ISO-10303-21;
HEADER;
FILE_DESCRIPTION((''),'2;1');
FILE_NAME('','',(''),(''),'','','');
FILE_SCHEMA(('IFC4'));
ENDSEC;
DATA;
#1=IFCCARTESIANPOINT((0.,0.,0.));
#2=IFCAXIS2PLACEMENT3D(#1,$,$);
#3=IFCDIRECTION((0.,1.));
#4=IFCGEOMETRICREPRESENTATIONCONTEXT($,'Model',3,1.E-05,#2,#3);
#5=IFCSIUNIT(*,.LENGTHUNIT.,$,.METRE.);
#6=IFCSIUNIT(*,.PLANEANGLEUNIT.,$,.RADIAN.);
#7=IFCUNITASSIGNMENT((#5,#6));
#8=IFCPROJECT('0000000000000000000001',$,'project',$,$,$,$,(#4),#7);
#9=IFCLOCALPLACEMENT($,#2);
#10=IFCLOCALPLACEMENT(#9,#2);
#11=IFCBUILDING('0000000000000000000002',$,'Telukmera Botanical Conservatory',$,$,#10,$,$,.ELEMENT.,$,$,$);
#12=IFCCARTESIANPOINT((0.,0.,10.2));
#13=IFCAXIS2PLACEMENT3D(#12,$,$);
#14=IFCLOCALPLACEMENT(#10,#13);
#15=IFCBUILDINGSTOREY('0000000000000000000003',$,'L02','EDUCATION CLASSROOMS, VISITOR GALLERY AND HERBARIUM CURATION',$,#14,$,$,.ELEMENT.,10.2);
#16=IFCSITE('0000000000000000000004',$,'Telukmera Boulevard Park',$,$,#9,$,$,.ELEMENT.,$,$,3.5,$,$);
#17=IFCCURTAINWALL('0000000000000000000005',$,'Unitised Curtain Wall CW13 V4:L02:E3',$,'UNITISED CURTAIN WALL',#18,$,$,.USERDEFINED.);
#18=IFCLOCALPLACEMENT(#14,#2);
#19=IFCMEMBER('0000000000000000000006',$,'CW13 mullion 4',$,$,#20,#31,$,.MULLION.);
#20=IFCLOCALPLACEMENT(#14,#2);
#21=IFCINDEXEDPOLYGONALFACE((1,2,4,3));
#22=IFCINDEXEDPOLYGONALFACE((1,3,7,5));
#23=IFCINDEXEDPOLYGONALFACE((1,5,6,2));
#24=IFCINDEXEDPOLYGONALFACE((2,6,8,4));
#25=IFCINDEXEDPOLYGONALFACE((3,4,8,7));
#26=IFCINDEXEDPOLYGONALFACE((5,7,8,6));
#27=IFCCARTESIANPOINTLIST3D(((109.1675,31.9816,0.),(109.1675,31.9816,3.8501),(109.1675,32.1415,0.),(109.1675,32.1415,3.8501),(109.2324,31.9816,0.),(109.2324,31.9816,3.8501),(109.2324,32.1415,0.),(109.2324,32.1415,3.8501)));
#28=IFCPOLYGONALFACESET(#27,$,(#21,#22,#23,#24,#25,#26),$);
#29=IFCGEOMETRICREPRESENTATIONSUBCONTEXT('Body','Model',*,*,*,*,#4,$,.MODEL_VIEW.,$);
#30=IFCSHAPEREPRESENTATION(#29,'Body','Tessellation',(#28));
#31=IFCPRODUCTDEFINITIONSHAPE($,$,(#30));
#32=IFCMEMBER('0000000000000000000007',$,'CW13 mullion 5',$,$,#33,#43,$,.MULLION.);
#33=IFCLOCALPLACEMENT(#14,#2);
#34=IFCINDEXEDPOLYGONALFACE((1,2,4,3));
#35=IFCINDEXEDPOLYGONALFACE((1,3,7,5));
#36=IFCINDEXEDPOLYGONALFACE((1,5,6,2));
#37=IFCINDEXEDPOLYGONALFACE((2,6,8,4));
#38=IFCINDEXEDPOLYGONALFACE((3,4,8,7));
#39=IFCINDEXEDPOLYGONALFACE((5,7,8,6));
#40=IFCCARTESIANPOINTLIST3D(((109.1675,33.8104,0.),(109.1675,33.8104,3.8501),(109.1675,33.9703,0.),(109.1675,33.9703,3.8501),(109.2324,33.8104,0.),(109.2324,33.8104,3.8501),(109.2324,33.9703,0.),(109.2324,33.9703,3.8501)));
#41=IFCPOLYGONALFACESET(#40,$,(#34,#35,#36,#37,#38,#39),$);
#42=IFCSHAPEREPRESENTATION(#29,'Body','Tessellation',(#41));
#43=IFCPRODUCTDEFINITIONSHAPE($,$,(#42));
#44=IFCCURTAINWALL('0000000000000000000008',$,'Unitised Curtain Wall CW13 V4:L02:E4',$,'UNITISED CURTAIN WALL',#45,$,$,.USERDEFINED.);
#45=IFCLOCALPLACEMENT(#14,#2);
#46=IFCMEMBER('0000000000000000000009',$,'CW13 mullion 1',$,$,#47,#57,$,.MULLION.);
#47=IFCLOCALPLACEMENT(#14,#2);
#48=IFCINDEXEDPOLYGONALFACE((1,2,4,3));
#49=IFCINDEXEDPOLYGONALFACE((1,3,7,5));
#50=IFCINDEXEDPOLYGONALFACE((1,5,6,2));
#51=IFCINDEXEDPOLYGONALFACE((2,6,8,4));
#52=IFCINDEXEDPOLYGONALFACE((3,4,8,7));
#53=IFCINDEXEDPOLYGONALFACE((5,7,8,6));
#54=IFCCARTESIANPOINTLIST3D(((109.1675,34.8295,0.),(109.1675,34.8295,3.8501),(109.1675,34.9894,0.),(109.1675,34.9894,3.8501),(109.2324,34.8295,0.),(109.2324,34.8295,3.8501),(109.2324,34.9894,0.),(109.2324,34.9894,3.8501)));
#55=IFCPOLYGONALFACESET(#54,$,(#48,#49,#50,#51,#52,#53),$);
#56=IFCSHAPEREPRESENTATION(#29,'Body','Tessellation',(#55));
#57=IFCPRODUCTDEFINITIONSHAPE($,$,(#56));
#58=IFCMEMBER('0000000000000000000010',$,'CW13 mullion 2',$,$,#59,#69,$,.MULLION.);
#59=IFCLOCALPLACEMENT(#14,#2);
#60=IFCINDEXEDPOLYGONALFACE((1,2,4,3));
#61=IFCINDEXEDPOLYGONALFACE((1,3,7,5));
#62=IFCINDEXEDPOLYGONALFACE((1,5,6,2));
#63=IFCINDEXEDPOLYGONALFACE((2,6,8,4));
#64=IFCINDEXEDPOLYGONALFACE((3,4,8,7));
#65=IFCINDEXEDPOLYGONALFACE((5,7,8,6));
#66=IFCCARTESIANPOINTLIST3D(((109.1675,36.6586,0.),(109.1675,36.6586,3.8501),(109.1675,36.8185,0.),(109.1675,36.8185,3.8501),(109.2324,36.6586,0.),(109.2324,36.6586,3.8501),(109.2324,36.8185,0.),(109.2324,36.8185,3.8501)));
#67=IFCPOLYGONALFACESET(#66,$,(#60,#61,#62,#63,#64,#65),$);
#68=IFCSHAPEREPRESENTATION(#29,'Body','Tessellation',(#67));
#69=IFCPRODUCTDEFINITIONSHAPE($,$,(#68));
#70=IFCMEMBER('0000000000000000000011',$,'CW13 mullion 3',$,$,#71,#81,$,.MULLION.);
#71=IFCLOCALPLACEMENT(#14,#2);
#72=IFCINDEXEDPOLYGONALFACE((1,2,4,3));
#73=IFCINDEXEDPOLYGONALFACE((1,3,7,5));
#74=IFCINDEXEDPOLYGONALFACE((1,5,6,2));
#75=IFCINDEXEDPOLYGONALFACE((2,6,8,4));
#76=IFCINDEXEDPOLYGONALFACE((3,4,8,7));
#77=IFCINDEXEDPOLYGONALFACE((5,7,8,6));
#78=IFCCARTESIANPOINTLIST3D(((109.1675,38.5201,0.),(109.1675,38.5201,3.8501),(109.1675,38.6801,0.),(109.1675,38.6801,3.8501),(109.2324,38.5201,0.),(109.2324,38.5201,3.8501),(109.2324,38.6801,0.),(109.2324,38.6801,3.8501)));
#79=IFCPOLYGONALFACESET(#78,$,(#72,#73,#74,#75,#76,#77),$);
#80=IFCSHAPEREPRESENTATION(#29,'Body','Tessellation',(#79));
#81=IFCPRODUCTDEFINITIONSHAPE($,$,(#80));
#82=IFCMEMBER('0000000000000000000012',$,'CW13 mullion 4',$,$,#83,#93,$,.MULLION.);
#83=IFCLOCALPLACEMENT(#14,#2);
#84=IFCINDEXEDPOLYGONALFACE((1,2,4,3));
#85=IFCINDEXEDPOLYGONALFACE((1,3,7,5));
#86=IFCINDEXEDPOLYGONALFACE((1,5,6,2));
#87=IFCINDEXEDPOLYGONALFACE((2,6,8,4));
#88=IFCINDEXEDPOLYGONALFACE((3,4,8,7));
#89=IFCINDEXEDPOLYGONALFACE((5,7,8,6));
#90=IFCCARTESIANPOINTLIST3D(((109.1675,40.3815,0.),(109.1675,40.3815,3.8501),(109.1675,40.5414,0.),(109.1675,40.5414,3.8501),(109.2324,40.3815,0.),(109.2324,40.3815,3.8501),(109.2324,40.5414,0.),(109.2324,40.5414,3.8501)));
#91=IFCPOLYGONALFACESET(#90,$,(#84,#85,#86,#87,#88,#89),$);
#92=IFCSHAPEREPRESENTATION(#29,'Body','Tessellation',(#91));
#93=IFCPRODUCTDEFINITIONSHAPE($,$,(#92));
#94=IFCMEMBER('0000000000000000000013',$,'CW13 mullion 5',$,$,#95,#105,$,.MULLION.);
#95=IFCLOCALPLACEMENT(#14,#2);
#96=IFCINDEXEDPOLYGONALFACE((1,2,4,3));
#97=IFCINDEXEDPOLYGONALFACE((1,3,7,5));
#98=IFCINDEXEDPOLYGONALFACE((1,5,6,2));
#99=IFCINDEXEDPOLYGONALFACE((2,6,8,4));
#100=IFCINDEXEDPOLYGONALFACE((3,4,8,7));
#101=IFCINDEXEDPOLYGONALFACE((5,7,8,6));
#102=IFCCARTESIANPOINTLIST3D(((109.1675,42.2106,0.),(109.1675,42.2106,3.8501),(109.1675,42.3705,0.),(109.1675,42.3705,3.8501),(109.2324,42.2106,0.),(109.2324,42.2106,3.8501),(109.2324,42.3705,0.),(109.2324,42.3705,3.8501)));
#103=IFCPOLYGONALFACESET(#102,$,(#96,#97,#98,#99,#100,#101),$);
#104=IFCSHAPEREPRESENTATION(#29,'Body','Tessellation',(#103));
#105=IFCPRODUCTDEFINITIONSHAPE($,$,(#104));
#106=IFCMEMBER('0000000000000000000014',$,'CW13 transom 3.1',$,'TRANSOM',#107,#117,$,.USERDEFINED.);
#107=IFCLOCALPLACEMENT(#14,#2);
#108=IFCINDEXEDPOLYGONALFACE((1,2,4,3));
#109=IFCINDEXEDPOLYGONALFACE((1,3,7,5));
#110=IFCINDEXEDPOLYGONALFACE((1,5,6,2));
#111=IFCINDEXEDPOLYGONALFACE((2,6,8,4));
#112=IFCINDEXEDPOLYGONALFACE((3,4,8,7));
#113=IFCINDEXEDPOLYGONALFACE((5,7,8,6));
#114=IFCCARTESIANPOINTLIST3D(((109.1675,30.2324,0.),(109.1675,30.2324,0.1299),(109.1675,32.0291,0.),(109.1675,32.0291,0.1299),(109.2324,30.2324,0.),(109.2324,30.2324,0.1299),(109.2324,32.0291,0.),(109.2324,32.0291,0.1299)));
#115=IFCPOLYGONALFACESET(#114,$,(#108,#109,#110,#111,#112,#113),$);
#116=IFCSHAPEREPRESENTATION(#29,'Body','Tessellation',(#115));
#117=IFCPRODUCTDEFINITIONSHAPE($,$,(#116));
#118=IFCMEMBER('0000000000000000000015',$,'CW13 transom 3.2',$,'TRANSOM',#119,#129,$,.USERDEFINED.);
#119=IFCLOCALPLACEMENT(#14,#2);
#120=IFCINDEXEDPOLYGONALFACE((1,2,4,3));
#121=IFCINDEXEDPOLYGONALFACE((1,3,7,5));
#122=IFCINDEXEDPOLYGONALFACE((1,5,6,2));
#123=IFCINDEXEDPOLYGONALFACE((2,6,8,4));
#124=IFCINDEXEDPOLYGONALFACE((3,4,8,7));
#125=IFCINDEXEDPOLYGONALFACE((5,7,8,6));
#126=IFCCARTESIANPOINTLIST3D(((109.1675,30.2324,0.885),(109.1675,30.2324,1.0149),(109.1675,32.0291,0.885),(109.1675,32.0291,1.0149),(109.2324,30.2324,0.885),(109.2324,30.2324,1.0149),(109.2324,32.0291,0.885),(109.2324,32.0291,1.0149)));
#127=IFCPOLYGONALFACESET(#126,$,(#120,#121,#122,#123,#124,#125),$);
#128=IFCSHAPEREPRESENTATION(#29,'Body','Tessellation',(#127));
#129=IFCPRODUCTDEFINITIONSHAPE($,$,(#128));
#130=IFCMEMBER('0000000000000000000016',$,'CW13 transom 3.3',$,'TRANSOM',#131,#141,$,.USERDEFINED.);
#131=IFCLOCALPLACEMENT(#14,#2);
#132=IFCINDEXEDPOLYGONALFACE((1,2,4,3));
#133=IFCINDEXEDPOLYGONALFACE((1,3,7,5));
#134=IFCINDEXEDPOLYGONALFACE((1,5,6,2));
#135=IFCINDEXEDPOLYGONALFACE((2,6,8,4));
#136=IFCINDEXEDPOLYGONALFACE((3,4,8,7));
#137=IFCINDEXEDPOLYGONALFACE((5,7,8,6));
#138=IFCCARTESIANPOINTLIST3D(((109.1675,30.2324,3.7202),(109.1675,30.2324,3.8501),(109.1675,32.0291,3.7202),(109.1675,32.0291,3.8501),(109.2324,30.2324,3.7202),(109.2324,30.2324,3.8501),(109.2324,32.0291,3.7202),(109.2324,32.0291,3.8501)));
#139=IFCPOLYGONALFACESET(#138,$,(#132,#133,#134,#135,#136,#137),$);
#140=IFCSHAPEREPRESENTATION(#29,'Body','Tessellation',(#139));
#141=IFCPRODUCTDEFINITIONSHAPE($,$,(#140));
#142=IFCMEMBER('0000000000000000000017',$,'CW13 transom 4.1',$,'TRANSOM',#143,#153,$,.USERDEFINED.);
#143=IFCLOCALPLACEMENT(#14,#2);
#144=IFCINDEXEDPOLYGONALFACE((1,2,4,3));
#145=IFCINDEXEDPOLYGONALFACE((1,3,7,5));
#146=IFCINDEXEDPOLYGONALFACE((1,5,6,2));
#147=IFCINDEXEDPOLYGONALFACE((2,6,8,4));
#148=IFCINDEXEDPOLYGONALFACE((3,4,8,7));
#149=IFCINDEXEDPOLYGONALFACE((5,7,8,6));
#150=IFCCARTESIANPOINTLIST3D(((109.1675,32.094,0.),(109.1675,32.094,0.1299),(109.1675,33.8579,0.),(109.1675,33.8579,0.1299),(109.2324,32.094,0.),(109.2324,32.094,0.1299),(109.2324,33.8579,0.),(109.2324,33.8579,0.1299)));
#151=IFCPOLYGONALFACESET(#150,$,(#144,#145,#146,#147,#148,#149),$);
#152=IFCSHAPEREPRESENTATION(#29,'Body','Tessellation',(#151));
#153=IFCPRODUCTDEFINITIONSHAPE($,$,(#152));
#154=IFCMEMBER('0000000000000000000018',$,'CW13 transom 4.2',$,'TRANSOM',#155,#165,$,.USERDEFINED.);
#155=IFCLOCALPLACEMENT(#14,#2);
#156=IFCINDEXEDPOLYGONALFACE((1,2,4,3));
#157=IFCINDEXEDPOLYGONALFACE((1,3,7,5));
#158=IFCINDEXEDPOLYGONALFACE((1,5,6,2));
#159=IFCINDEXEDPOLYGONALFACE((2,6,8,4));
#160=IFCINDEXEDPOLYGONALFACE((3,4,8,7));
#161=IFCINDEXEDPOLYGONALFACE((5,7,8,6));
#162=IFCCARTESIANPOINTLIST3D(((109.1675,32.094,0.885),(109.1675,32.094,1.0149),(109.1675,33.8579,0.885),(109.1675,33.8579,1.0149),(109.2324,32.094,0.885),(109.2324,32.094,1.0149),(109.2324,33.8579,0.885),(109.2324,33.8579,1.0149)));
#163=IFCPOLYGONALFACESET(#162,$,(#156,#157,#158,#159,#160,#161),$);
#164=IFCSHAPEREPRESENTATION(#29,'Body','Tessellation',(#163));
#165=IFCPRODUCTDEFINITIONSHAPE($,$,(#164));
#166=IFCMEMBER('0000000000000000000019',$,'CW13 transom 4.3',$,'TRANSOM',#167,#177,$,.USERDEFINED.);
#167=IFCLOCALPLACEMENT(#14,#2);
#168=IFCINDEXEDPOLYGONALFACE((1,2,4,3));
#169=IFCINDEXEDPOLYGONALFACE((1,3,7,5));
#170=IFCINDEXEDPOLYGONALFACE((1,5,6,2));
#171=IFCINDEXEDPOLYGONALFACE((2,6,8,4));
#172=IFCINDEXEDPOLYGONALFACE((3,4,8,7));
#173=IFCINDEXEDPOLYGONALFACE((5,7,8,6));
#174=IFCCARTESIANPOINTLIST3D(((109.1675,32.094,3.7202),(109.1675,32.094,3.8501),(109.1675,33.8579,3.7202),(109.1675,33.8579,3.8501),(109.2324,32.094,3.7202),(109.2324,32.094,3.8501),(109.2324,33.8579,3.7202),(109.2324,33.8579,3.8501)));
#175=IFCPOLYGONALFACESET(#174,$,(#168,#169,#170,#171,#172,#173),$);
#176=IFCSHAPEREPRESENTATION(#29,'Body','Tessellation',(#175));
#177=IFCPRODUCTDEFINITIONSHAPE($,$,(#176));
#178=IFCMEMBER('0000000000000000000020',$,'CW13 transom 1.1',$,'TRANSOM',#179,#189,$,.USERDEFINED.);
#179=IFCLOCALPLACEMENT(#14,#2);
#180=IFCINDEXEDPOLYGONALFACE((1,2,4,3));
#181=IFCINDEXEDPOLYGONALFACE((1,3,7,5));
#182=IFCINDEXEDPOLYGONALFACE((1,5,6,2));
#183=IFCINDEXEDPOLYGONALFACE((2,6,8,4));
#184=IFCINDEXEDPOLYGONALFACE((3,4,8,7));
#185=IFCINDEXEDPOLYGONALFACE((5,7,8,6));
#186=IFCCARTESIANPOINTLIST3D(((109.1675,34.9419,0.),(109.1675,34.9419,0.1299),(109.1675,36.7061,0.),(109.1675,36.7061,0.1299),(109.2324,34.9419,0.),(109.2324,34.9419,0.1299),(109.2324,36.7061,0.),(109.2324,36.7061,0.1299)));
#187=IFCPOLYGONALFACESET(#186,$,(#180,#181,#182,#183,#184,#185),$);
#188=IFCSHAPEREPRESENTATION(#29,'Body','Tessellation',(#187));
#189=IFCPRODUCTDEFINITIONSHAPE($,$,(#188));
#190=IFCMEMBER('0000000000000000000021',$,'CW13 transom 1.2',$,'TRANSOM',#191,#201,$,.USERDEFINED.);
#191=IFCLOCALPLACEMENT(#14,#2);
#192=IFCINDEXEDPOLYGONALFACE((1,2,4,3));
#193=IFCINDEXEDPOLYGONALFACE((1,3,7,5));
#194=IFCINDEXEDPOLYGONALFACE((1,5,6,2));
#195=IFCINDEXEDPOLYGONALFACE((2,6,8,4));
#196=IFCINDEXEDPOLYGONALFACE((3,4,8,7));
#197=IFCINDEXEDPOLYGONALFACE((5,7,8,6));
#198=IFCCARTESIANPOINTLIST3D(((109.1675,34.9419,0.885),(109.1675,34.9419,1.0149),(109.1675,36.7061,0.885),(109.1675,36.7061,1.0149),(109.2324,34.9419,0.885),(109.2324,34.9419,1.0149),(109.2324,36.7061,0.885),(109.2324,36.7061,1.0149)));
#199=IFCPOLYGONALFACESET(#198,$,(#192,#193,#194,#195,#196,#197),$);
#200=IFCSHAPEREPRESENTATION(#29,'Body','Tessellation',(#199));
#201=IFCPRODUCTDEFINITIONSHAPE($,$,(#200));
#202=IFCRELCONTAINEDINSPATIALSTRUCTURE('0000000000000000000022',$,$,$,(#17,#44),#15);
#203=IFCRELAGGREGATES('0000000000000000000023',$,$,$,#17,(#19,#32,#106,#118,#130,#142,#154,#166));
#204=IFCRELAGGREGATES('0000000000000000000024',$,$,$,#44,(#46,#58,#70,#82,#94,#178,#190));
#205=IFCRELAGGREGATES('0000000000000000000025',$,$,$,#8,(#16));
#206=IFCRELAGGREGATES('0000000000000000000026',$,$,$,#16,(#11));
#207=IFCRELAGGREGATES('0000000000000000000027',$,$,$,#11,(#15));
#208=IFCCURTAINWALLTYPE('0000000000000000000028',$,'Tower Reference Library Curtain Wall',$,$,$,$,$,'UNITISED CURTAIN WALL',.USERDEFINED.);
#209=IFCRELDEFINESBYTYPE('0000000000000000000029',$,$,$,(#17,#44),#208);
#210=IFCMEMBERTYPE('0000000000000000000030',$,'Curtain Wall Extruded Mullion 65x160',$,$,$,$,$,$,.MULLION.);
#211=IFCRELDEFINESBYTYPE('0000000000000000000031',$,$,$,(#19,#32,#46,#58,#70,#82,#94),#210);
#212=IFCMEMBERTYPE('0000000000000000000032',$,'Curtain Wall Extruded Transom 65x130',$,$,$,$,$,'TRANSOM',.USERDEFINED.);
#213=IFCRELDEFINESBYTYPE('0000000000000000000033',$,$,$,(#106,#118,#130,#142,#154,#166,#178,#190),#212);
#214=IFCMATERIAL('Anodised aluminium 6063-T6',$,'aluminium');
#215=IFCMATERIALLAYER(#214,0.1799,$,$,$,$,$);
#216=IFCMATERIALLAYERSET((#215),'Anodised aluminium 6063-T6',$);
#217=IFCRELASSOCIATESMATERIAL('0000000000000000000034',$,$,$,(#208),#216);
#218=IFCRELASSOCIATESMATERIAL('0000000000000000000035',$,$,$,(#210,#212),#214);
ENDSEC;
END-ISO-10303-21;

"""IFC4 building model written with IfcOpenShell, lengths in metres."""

from ifc_helpers import new_model, si_unit, direction, frame, origin, origin_2d, place, context, subcontext, project, spatial, rectangle, extrude, material, layer, layer_set, material_profile, profile_set, type_object, element, aggregate, save


model = new_model("IFC4")

# Units and contexts
model_context = context("Model", 3, precision=1e-05, world=origin(), true_north=direction((0.0, 1.0)))
body_context = subcontext(model_context, "Body", "Model", "MODEL_VIEW")
ifc_project = project(units=[si_unit("LENGTHUNIT", "METRE"), si_unit("PLANEANGLEUNIT", "RADIAN")], contexts=[model_context])

# Site, building, storey
site_placement = place(None, origin())
site = spatial("IfcSite", under=ifc_project, at=site_placement, Name="Telukmera Boulevard Park", CompositionType="ELEMENT", RefElevation=3.5)
building_placement = place(site_placement, origin())
building = spatial("IfcBuilding", under=site, at=building_placement, Name="Telukmera Botanical Conservatory", CompositionType="ELEMENT")
storey_placement = place(building_placement, frame((0.0, 0.0, 10.2)))
storey = spatial("IfcBuildingStorey", under=building, at=storey_placement, Name="L02", Description="EDUCATION CLASSROOMS, VISITOR GALLERY AND HERBARIUM CURATION", CompositionType="ELEMENT", Elevation=10.2)

# Curtain walls, members
ifc_material_1 = material(Name="Anodised aluminium 6063-T6", Category="aluminium")
ifc_layer_1 = layer(ifc_material_1, 0.1799)
ifc_layer_set_1 = layer_set([ifc_layer_1], Name="Anodised aluminium 6063-T6")
curtain_wall_type = type_object("IfcCurtainWallType", Name="Tower Reference Library Curtain Wall", ElementType="UNITISED CURTAIN WALL", PredefinedType="USERDEFINED", material=ifc_layer_set_1)
curtain_wall_1_placement = place(storey_placement, origin())
curtain_wall_1 = element("IfcCurtainWall", 1, at=curtain_wall_1_placement, inside=storey, type_object=curtain_wall_type, Name="Unitised Curtain Wall CW13 V4:L02:E3", ObjectType="UNITISED CURTAIN WALL", PredefinedType="USERDEFINED")
ifc_material_profile_1 = material_profile(ifc_material_1, rectangle(XDim=0.0649, YDim=0.1599, at=origin_2d()), Name="ALU MULL 65x160")
ifc_profile_set_1 = profile_set([ifc_material_profile_1], Name="Anodised aluminium 6063-T6")
member_type_1 = type_object("IfcMemberType", Name="Curtain Wall Extruded Mullion 65x160", PredefinedType="MULLION", material=ifc_profile_set_1)
member_1_placement = place(storey_placement, frame((109.2, 32.0615, 0.0), z_axis=(0.0, 0.0, 1.0), x_axis=(-1.0, 0.0, 0.0)))
member_1 = element("IfcMember", 2, at=member_1_placement, type_object=member_type_1, Name="CW13 mullion 4", PredefinedType="MULLION", context=body_context, shape_type="SweptSolid", body=[
    extrude(rectangle(XDim=0.0649, YDim=0.1599, at=origin_2d()), origin(), (0.0, 0.0, 1.0), 3.8501),
])
member_2_placement = place(storey_placement, frame((109.2, 33.8904, 0.0), z_axis=(0.0, 0.0, 1.0), x_axis=(-1.0, 0.0, 0.0)))
member_2 = element("IfcMember", 3, at=member_2_placement, type_object=member_type_1, Name="CW13 mullion 5", PredefinedType="MULLION", context=body_context, shape_type="SweptSolid", body=[
    extrude(rectangle(XDim=0.0649, YDim=0.1599, at=origin_2d()), origin(), (0.0, 0.0, 1.0), 3.8501),
])
curtain_wall_2_placement = place(storey_placement, origin())
curtain_wall_2 = element("IfcCurtainWall", 4, at=curtain_wall_2_placement, inside=storey, type_object=curtain_wall_type, Name="Unitised Curtain Wall CW13 V4:L02:E4", ObjectType="UNITISED CURTAIN WALL", PredefinedType="USERDEFINED")
member_3_placement = place(storey_placement, frame((109.2, 34.9094, 0.0), z_axis=(0.0, 0.0, 1.0), x_axis=(-1.0, 0.0, 0.0)))
member_3 = element("IfcMember", 5, at=member_3_placement, type_object=member_type_1, Name="CW13 mullion 1", PredefinedType="MULLION", context=body_context, shape_type="SweptSolid", body=[
    extrude(rectangle(XDim=0.0649, YDim=0.1599, at=origin_2d()), origin(), (0.0, 0.0, 1.0), 3.8501),
])
member_4_placement = place(storey_placement, frame((109.2, 36.7385, 0.0), z_axis=(0.0, 0.0, 1.0), x_axis=(-1.0, 0.0, 0.0)))
member_4 = element("IfcMember", 6, at=member_4_placement, type_object=member_type_1, Name="CW13 mullion 2", PredefinedType="MULLION", context=body_context, shape_type="SweptSolid", body=[
    extrude(rectangle(XDim=0.0649, YDim=0.1599, at=origin_2d()), origin(), (0.0, 0.0, 1.0), 3.8501),
])
member_5_placement = place(storey_placement, frame((109.2, 38.6001, 0.0), z_axis=(0.0, 0.0, 1.0), x_axis=(-1.0, 0.0, 0.0)))
member_5 = element("IfcMember", 7, at=member_5_placement, type_object=member_type_1, Name="CW13 mullion 3", PredefinedType="MULLION", context=body_context, shape_type="SweptSolid", body=[
    extrude(rectangle(XDim=0.0649, YDim=0.1599, at=origin_2d()), origin(), (0.0, 0.0, 1.0), 3.8501),
])
member_6_placement = place(storey_placement, frame((109.2, 40.4614, 0.0), z_axis=(0.0, 0.0, 1.0), x_axis=(-1.0, 0.0, 0.0)))
member_6 = element("IfcMember", 8, at=member_6_placement, type_object=member_type_1, Name="CW13 mullion 4", PredefinedType="MULLION", context=body_context, shape_type="SweptSolid", body=[
    extrude(rectangle(XDim=0.0649, YDim=0.1599, at=origin_2d()), origin(), (0.0, 0.0, 1.0), 3.8501),
])
member_7_placement = place(storey_placement, frame((109.2, 42.2905, 0.0), z_axis=(0.0, 0.0, 1.0), x_axis=(-1.0, 0.0, 0.0)))
member_7 = element("IfcMember", 9, at=member_7_placement, type_object=member_type_1, Name="CW13 mullion 5", PredefinedType="MULLION", context=body_context, shape_type="SweptSolid", body=[
    extrude(rectangle(XDim=0.0649, YDim=0.1599, at=origin_2d()), origin(), (0.0, 0.0, 1.0), 3.8501),
])

# Members
ifc_material_profile_2 = material_profile(ifc_material_1, rectangle(XDim=0.0649, YDim=0.1299, at=origin_2d()), Name="ALU TRAN 65x130")
ifc_profile_set_2 = profile_set([ifc_material_profile_2], Name="Anodised aluminium 6063-T6")
member_type_2 = type_object("IfcMemberType", Name="Curtain Wall Extruded Transom 65x130", ElementType="TRANSOM", PredefinedType="USERDEFINED", material=ifc_profile_set_2)
member_8_placement = place(storey_placement, frame((109.2, 30.2324, 0.0649), z_axis=(0.0, 1.0, 0.0), x_axis=(-1.0, 0.0, 0.0)))
member_8 = element("IfcMember", 10, at=member_8_placement, type_object=member_type_2, Name="CW13 transom 3.1", ObjectType="TRANSOM", PredefinedType="USERDEFINED", context=body_context, shape_type="SweptSolid", body=[
    extrude(rectangle(XDim=0.0649, YDim=0.1299, at=origin_2d()), origin(), (0.0, 0.0, 1.0), 1.7966),
])
member_9_placement = place(storey_placement, frame((109.2, 30.2324, 0.95), z_axis=(0.0, 1.0, 0.0), x_axis=(-1.0, 0.0, 0.0)))
member_9 = element("IfcMember", 11, at=member_9_placement, type_object=member_type_2, Name="CW13 transom 3.2", ObjectType="TRANSOM", PredefinedType="USERDEFINED", context=body_context, shape_type="SweptSolid", body=[
    extrude(rectangle(XDim=0.0649, YDim=0.1299, at=origin_2d()), origin(), (0.0, 0.0, 1.0), 1.7966),
])
member_10_placement = place(storey_placement, frame((109.2, 30.2324, 3.7852), z_axis=(0.0, 1.0, 0.0), x_axis=(-1.0, 0.0, 0.0)))
member_10 = element("IfcMember", 12, at=member_10_placement, type_object=member_type_2, Name="CW13 transom 3.3", ObjectType="TRANSOM", PredefinedType="USERDEFINED", context=body_context, shape_type="SweptSolid", body=[
    extrude(rectangle(XDim=0.0649, YDim=0.1299, at=origin_2d()), origin(), (0.0, 0.0, 1.0), 1.7966),
])
member_11_placement = place(storey_placement, frame((109.2, 32.094, 0.0649), z_axis=(0.0, 1.0, 0.0), x_axis=(-1.0, 0.0, 0.0)))
member_11 = element("IfcMember", 13, at=member_11_placement, type_object=member_type_2, Name="CW13 transom 4.1", ObjectType="TRANSOM", PredefinedType="USERDEFINED", context=body_context, shape_type="SweptSolid", body=[
    extrude(rectangle(XDim=0.0649, YDim=0.1299, at=origin_2d()), origin(), (0.0, 0.0, 1.0), 1.7639),
])
member_12_placement = place(storey_placement, frame((109.2, 32.094, 0.95), z_axis=(0.0, 1.0, 0.0), x_axis=(-1.0, 0.0, 0.0)))
member_12 = element("IfcMember", 14, at=member_12_placement, type_object=member_type_2, Name="CW13 transom 4.2", ObjectType="TRANSOM", PredefinedType="USERDEFINED", context=body_context, shape_type="SweptSolid", body=[
    extrude(rectangle(XDim=0.0649, YDim=0.1299, at=origin_2d()), origin(), (0.0, 0.0, 1.0), 1.7639),
])
member_13_placement = place(storey_placement, frame((109.2, 32.094, 3.7852), z_axis=(0.0, 1.0, 0.0), x_axis=(-1.0, 0.0, 0.0)))
member_13 = element("IfcMember", 15, at=member_13_placement, type_object=member_type_2, Name="CW13 transom 4.3", ObjectType="TRANSOM", PredefinedType="USERDEFINED", context=body_context, shape_type="SweptSolid", body=[
    extrude(rectangle(XDim=0.0649, YDim=0.1299, at=origin_2d()), origin(), (0.0, 0.0, 1.0), 1.7639),
])
member_14_placement = place(storey_placement, frame((109.2, 34.9419, 0.0649), z_axis=(0.0, 1.0, 0.0), x_axis=(-1.0, 0.0, 0.0)))
member_14 = element("IfcMember", 16, at=member_14_placement, type_object=member_type_2, Name="CW13 transom 1.1", ObjectType="TRANSOM", PredefinedType="USERDEFINED", context=body_context, shape_type="SweptSolid", body=[
    extrude(rectangle(XDim=0.0649, YDim=0.1299, at=origin_2d()), origin(), (0.0, 0.0, 1.0), 1.7642),
])
member_15_placement = place(storey_placement, frame((109.2, 34.9419, 0.95), z_axis=(0.0, 1.0, 0.0), x_axis=(-1.0, 0.0, 0.0)))
member_15 = element("IfcMember", 17, at=member_15_placement, type_object=member_type_2, Name="CW13 transom 1.2", ObjectType="TRANSOM", PredefinedType="USERDEFINED", context=body_context, shape_type="SweptSolid", body=[
    extrude(rectangle(XDim=0.0649, YDim=0.1299, at=origin_2d()), origin(), (0.0, 0.0, 1.0), 1.7642),
])

aggregate(curtain_wall_1, [member_1, member_2, member_8, member_9, member_10, member_11, member_12, member_13])
aggregate(curtain_wall_2, [member_3, member_4, member_5, member_6, member_7, member_14, member_15])

save(model, "model.ifc")
